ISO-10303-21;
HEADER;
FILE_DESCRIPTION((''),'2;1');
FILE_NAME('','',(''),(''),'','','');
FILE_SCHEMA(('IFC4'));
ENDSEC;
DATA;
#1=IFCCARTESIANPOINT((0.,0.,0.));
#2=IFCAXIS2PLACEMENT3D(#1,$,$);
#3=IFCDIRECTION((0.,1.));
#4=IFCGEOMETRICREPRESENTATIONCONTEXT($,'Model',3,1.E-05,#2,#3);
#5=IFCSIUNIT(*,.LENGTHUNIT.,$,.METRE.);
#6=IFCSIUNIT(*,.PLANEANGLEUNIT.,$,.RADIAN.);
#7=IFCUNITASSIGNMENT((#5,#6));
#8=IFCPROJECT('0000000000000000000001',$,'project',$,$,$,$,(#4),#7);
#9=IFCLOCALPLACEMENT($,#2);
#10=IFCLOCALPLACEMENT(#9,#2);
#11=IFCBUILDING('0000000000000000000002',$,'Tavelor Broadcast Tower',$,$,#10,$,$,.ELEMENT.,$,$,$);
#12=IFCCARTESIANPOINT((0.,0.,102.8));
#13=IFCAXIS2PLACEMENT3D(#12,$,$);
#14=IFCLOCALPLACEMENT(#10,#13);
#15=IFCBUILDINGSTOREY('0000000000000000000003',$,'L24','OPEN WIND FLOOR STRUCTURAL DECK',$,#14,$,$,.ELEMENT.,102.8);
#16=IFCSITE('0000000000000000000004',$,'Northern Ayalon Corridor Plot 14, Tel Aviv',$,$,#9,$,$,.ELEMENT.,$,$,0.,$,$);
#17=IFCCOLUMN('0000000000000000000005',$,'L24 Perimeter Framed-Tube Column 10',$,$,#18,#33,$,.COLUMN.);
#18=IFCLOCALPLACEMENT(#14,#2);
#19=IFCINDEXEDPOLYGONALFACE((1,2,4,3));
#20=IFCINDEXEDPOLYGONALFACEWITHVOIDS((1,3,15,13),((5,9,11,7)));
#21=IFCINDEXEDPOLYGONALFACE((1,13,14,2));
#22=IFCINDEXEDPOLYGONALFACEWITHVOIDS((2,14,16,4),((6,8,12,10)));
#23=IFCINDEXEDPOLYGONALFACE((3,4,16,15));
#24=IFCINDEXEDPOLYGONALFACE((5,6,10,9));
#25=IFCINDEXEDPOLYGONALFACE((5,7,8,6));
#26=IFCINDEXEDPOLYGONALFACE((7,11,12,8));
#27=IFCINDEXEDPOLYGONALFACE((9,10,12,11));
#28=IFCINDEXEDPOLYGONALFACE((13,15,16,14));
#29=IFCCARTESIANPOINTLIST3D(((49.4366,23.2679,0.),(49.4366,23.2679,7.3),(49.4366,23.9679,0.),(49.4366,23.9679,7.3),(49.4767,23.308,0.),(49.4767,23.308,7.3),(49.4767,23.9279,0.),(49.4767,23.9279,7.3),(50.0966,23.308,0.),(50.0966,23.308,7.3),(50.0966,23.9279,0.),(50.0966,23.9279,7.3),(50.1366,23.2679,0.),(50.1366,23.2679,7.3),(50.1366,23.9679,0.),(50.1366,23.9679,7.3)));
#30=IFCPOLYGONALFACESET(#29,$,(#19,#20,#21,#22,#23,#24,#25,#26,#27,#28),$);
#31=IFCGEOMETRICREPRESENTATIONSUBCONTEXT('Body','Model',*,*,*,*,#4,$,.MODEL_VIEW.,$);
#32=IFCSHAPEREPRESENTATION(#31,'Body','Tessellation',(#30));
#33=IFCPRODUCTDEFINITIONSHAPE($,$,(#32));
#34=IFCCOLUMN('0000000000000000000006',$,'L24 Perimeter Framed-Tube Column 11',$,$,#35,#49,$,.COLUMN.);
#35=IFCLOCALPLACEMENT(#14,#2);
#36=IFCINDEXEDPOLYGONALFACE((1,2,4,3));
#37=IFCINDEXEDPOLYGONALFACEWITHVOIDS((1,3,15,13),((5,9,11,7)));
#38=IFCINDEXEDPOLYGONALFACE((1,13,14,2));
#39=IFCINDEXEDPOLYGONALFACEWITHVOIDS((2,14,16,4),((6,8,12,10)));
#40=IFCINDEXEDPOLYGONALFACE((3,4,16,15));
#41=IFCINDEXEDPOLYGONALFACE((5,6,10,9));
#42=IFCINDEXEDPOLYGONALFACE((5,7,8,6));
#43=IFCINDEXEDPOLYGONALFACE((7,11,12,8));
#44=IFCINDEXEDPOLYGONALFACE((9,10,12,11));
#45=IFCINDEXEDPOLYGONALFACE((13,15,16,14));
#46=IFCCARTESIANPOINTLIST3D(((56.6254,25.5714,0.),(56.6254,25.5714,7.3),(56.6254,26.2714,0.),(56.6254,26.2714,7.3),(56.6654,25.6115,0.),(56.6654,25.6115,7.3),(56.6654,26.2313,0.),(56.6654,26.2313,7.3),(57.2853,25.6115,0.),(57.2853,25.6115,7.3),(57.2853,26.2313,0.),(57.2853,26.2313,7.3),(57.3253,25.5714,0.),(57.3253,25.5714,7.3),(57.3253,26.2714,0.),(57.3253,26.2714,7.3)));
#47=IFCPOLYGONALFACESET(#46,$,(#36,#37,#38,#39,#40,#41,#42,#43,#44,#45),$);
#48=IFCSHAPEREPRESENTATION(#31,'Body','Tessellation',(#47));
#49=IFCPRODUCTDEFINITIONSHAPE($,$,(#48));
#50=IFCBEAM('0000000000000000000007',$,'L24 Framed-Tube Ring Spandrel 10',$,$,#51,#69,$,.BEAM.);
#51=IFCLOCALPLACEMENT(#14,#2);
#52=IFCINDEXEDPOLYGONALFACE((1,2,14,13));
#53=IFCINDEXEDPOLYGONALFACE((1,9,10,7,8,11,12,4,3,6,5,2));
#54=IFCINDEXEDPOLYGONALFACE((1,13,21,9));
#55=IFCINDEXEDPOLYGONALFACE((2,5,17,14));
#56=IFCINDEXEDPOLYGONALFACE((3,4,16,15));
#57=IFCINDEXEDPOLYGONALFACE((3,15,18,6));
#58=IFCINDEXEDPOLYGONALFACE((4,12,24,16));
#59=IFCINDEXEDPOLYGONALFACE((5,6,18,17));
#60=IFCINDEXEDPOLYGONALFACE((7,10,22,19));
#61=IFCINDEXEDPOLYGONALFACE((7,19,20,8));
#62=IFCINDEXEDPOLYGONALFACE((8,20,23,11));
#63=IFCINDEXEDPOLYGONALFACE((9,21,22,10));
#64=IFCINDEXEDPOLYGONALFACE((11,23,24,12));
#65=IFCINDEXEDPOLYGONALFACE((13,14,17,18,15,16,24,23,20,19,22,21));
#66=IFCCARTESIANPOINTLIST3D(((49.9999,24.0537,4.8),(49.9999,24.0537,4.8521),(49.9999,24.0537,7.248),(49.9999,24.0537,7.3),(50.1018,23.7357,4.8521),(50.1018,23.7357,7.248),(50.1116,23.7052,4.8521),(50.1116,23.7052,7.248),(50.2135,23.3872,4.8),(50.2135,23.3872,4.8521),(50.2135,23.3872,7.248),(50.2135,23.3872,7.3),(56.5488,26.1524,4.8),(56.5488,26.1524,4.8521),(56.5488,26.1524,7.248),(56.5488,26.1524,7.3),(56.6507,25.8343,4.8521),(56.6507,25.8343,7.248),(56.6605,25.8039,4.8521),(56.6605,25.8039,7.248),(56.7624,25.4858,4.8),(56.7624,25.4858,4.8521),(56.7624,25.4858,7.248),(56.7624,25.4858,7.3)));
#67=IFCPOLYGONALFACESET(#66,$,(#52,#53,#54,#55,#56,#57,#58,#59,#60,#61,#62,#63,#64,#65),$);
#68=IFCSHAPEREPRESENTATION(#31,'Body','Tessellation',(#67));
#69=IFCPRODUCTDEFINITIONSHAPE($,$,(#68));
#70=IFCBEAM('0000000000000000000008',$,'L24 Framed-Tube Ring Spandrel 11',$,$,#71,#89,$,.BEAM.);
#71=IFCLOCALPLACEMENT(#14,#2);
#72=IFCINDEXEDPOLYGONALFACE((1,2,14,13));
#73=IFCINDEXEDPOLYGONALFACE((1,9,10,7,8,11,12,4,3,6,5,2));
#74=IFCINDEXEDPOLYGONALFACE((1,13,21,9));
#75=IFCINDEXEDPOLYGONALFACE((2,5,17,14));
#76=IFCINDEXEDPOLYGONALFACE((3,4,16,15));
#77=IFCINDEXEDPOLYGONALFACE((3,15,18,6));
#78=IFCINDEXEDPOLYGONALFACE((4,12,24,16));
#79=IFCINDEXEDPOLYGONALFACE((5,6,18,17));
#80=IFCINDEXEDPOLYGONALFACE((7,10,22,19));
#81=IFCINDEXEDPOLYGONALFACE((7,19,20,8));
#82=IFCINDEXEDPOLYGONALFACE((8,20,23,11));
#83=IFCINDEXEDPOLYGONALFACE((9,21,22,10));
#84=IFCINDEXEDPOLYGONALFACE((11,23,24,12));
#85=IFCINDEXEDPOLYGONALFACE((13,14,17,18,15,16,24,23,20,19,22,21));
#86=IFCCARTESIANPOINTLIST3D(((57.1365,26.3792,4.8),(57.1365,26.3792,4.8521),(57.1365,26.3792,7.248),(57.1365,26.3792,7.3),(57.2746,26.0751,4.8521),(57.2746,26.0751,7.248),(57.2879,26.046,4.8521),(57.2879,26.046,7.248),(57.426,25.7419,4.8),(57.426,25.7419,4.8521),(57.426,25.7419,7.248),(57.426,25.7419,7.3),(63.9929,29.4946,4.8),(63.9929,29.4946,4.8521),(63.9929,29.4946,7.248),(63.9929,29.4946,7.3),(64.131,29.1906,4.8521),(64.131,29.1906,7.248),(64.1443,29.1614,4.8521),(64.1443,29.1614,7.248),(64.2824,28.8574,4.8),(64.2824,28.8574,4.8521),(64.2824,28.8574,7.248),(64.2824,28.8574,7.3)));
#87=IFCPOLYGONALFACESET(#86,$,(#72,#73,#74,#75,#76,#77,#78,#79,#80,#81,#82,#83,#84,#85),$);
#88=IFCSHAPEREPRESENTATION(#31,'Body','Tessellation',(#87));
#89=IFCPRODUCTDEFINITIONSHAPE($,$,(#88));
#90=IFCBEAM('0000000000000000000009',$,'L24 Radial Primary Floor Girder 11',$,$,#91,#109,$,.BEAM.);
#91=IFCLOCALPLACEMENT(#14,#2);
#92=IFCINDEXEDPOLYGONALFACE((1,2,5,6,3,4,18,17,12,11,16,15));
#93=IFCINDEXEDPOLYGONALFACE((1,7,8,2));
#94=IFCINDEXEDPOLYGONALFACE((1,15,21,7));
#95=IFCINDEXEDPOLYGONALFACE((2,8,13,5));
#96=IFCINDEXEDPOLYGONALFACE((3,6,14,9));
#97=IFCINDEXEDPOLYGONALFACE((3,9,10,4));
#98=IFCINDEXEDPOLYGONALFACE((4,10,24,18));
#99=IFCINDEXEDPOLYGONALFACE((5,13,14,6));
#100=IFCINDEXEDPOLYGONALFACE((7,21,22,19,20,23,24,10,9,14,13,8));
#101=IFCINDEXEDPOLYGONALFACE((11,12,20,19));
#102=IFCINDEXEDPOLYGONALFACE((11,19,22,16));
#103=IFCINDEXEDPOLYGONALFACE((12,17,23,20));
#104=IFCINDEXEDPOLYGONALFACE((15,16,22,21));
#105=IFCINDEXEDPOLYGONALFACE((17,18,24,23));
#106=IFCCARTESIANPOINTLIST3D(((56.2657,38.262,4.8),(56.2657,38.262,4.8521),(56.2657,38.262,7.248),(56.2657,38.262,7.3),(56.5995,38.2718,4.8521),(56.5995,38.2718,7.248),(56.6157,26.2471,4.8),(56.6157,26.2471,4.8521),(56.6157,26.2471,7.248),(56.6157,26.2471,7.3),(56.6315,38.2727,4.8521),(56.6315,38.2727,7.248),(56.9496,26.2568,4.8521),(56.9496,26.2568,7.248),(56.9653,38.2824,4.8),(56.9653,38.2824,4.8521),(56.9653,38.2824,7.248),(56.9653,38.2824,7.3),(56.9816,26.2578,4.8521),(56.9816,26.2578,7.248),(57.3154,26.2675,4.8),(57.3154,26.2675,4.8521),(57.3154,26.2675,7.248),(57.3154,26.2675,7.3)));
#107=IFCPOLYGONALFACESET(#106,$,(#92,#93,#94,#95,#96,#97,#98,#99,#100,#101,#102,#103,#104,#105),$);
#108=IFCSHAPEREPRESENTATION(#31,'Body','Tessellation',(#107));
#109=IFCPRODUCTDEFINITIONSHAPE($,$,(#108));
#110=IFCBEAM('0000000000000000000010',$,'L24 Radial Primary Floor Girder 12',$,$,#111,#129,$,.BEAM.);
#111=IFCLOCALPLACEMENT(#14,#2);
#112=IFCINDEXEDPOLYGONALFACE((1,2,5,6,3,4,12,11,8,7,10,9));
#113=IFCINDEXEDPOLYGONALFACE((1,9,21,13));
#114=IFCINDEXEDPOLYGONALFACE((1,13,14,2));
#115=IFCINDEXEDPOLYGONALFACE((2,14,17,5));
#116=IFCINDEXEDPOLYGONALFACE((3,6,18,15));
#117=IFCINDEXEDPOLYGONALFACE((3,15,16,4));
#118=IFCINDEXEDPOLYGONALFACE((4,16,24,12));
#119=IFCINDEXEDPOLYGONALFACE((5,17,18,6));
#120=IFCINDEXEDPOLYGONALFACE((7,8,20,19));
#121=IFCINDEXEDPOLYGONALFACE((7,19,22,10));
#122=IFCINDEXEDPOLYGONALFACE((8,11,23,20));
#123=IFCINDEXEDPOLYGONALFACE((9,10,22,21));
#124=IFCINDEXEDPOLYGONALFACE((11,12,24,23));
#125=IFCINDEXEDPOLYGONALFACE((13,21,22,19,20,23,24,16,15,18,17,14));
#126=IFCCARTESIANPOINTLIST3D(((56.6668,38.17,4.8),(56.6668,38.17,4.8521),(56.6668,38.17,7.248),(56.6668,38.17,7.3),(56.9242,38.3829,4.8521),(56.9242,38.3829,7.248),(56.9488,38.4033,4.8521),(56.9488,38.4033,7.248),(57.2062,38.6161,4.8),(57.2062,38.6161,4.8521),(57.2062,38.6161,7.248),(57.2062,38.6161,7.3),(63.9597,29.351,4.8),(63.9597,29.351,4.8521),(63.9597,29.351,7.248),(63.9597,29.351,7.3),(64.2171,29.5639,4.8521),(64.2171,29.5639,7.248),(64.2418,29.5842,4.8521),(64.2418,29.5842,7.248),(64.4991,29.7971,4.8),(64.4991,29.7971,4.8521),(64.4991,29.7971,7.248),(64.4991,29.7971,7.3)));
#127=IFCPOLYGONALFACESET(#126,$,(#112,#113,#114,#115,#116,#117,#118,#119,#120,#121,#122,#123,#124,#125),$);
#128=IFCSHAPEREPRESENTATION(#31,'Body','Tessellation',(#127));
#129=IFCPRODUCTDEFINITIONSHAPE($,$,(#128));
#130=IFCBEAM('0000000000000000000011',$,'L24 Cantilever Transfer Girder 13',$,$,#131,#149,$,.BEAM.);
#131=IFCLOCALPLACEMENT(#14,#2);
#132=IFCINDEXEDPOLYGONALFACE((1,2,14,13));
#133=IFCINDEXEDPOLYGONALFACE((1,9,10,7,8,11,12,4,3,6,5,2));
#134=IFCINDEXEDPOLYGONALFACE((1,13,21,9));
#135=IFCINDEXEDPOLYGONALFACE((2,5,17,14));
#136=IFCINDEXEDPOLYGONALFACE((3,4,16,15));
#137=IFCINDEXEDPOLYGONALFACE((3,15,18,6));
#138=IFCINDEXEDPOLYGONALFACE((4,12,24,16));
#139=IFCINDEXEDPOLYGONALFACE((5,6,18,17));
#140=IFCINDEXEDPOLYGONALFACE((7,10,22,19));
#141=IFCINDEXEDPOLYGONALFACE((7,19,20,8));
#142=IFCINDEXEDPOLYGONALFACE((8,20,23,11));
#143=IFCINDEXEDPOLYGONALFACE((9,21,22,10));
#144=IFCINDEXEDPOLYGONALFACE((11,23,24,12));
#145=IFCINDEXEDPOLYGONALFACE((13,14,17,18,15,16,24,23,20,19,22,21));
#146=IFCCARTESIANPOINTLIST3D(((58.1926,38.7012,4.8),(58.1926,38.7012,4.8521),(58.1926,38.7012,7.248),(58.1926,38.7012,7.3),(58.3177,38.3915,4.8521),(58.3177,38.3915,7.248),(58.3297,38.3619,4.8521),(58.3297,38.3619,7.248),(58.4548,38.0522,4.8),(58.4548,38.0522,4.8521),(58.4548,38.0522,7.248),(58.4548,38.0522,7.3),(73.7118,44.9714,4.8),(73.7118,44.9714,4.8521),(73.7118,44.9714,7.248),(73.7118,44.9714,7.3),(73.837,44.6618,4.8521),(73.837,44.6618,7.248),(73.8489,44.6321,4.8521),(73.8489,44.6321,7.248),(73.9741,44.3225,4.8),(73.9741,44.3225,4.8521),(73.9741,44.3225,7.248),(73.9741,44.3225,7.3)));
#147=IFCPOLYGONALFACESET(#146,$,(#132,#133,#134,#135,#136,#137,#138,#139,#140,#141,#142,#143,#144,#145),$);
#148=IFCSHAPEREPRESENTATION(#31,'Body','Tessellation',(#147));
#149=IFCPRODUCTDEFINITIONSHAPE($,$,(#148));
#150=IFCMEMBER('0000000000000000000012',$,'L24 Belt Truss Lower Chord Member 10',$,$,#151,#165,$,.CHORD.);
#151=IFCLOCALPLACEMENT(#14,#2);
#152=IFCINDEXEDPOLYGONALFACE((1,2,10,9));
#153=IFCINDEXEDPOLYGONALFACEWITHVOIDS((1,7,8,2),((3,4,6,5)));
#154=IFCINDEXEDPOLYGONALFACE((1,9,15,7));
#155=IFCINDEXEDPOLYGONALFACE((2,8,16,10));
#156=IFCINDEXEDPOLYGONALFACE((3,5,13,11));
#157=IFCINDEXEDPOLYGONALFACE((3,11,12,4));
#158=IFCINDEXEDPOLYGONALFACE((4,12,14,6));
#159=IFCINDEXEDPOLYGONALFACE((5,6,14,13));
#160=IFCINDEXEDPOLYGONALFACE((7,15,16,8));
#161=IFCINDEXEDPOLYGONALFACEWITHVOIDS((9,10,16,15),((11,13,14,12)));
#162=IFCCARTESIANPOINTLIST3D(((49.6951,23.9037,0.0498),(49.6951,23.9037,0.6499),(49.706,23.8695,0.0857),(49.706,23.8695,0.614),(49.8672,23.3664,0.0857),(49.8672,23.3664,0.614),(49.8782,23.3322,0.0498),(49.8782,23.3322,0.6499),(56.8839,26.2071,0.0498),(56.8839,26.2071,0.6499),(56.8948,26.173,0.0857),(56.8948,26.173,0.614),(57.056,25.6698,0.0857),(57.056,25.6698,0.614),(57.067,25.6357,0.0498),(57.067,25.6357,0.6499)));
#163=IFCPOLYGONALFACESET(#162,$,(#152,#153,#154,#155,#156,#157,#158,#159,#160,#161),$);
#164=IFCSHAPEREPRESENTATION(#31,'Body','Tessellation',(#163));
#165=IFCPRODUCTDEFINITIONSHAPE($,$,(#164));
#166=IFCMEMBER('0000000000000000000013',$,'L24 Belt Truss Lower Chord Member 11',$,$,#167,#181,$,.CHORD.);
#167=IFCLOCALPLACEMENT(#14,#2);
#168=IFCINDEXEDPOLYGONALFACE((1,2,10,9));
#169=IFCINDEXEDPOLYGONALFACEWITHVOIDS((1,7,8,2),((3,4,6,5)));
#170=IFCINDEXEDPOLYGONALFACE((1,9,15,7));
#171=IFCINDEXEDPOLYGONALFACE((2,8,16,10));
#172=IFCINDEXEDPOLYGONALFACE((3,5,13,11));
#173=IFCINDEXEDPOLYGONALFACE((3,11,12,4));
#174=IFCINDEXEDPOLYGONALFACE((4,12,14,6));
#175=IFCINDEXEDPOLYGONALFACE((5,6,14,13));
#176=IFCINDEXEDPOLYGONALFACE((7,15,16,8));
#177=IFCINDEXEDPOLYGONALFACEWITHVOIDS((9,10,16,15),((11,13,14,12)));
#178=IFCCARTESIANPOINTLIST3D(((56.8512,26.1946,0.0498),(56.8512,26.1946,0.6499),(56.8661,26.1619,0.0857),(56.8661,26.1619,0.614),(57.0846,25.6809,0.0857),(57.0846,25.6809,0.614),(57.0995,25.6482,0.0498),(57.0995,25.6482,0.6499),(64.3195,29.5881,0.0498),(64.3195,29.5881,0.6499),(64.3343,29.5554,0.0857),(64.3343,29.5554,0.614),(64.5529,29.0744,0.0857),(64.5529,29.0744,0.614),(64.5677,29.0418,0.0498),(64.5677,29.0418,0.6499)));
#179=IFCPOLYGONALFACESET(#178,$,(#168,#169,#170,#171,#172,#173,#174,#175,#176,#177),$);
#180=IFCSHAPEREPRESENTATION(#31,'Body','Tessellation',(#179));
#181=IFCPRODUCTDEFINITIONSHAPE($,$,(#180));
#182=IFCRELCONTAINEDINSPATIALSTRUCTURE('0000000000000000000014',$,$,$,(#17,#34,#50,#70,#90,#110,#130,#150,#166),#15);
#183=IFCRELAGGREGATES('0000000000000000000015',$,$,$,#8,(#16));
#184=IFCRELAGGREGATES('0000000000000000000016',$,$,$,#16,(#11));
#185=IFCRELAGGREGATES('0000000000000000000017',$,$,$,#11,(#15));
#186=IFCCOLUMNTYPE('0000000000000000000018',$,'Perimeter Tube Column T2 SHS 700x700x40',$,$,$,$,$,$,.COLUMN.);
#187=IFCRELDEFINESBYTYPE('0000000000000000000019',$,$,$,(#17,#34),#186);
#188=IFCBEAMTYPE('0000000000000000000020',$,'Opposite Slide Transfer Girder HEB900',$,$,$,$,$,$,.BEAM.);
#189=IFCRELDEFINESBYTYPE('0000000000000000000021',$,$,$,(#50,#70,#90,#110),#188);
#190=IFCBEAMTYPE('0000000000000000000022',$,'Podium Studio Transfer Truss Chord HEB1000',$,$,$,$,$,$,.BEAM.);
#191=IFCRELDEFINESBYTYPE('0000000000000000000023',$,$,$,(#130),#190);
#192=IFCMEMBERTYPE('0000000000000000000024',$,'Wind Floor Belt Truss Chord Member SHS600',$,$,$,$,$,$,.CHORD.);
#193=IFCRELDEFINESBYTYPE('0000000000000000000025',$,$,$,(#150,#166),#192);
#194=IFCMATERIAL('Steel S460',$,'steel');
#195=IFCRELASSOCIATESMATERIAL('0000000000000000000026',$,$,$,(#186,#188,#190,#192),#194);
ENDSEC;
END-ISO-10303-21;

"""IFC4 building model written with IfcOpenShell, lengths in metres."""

from ifc_helpers import new_model, si_unit, direction, frame, origin, origin_2d, place, context, subcontext, project, spatial, hollow_rectangle, i_section, extrude, material, material_profile, profile_set, type_object, element, save


model = new_model("IFC4")

# Units and contexts
model_context = context("Model", 3, precision=1e-05, world=origin(), true_north=direction((0.0, 1.0)))
body_context = subcontext(model_context, "Body", "Model", "MODEL_VIEW")
ifc_project = project(units=[si_unit("LENGTHUNIT", "METRE"), si_unit("PLANEANGLEUNIT", "RADIAN")], contexts=[model_context])

# Site, building, storey
site_placement = place(None, origin())
site = spatial("IfcSite", under=ifc_project, at=site_placement, Name="Northern Ayalon Corridor Plot 14, Tel Aviv", CompositionType="ELEMENT", RefElevation=0.0)
building_placement = place(site_placement, origin())
building = spatial("IfcBuilding", under=site, at=building_placement, Name="Tavelor Broadcast Tower", CompositionType="ELEMENT")
storey_placement = place(building_placement, frame((0.0, 0.0, 102.8)))
storey = spatial("IfcBuildingStorey", under=building, at=storey_placement, Name="L24", Description="OPEN WIND FLOOR STRUCTURAL DECK", CompositionType="ELEMENT", Elevation=102.8)

# Columns
ifc_material_1 = material(Name="Steel S460", Category="steel")
ifc_material_profile_1 = material_profile(ifc_material_1, hollow_rectangle(XDim=0.7, YDim=0.7, WallThickness=0.04, at=origin_2d()), Name="SHS 700x700x40")
ifc_profile_set_1 = profile_set([ifc_material_profile_1], Name="Steel S460")
column_type = type_object("IfcColumnType", Name="Perimeter Tube Column T2 SHS 700x700x40", PredefinedType="COLUMN", material=ifc_profile_set_1)
for number, where, z_axis, x_axis, name in (
    (1, (49.7866, 23.6179, 0.0), (0.0, 0.0, 1.0), (1.0, 0.0, 0.0), "L24 Perimeter Framed-Tube Column 10"),
    (2, (56.9753, 25.9214, 0.0), (0.0, 0.0, 1.0), (1.0, 0.0, 0.0), "L24 Perimeter Framed-Tube Column 11"),
):
    element("IfcColumn", number, at=place(storey_placement, frame(where, z_axis=z_axis, x_axis=x_axis)), inside=storey, type_object=column_type, Name=name, PredefinedType="COLUMN", context=body_context, shape_type="SweptSolid", body=[
        extrude(hollow_rectangle(XDim=0.7, YDim=0.7, WallThickness=0.04, at=origin_2d()), origin(), (0.0, 0.0, 1.0), 7.3),
    ])

# Beams
ifc_material_profile_2 = material_profile(ifc_material_1, i_section(OverallWidth=0.7, OverallDepth=2.5, WebThickness=0.032, FlangeThickness=0.052, at=origin_2d()), Name="PG 2500x700")
ifc_profile_set_2 = profile_set([ifc_material_profile_2], Name="Steel S460")
beam_type_1 = type_object("IfcBeamType", Name="Opposite Slide Transfer Girder HEB900", PredefinedType="BEAM", material=ifc_profile_set_2)
beam_1_placement = place(storey_placement, frame((50.1067, 23.7205, 6.05), z_axis=(0.952297, 0.305172, 0.0), x_axis=(-0.305172, 0.952297, 0.0)))
element("IfcBeam", 3, at=beam_1_placement, inside=storey, type_object=beam_type_1, Name="L24 Framed-Tube Ring Spandrel 10", PredefinedType="BEAM", context=body_context, shape_type="SweptSolid", body=[
    extrude(i_section(OverallWidth=0.7, OverallDepth=2.5, WebThickness=0.032, FlangeThickness=0.052, at=origin_2d()), origin(), (0.0, 0.0, 1.0), 6.877),
])
beam_2_placement = place(storey_placement, frame((57.2812, 26.0605, 6.05), z_axis=(0.910421, 0.413683, 0.0), x_axis=(-0.413683, 0.910421, 0.0)))
element("IfcBeam", 4, at=beam_2_placement, inside=storey, type_object=beam_type_1, Name="L24 Framed-Tube Ring Spandrel 11", PredefinedType="BEAM", context=body_context, shape_type="SweptSolid", body=[
    extrude(i_section(OverallWidth=0.7, OverallDepth=2.5, WebThickness=0.032, FlangeThickness=0.052, at=origin_2d()), origin(), (0.0, 0.0, 1.0), 7.531),
])
beam_3_placement = place(storey_placement, frame((56.6155, 38.2722, 6.05), z_axis=(0.029126, -0.999576, 0.0), x_axis=(0.999576, 0.029126, 0.0)))
element("IfcBeam", 5, at=beam_3_placement, inside=storey, type_object=beam_type_1, Name="L24 Radial Primary Floor Girder 11", PredefinedType="BEAM", context=body_context, shape_type="SweptSolid", body=[
    extrude(i_section(OverallWidth=0.7, OverallDepth=2.5, WebThickness=0.032, FlangeThickness=0.052, at=origin_2d()), origin(), (0.0, 0.0, 1.0), 12.02),
])
beam_4_placement = place(storey_placement, frame((56.9365, 38.3931, 6.05), z_axis=(0.637278, -0.770634, 0.0), x_axis=(0.770634, 0.637278, 0.0)))
element("IfcBeam", 6, at=beam_4_placement, inside=storey, type_object=beam_type_1, Name="L24 Radial Primary Floor Girder 12", PredefinedType="BEAM", context=body_context, shape_type="SweptSolid", body=[
    extrude(i_section(OverallWidth=0.7, OverallDepth=2.5, WebThickness=0.032, FlangeThickness=0.052, at=origin_2d()), origin(), (0.0, 0.0, 1.0), 11.4438),
])
ifc_material_profile_3 = material_profile(ifc_material_1, i_section(OverallWidth=0.7, OverallDepth=2.5, WebThickness=0.032, FlangeThickness=0.052, at=origin_2d()), Name="PG 2500x700")
ifc_profile_set_3 = profile_set([ifc_material_profile_3], Name="Steel S460")
beam_type_2 = type_object("IfcBeamType", Name="Podium Studio Transfer Truss Chord HEB1000", PredefinedType="BEAM", material=ifc_profile_set_3)
beam_5_placement = place(storey_placement, frame((58.3237, 38.3767, 6.05), z_axis=(0.927183, 0.37461, 0.0), x_axis=(-0.37461, 0.927183, 0.0)))
element("IfcBeam", 7, at=beam_5_placement, inside=storey, type_object=beam_type_2, Name="L24 Cantilever Transfer Girder 13", PredefinedType="BEAM", context=body_context, shape_type="SweptSolid", body=[
    extrude(i_section(OverallWidth=0.7, OverallDepth=2.5, WebThickness=0.032, FlangeThickness=0.052, at=origin_2d()), origin(), (0.0, 0.0, 1.0), 16.738),
])

# Members
ifc_material_profile_4 = material_profile(ifc_material_1, hollow_rectangle(XDim=0.6001, YDim=0.6001, WallThickness=0.0359, at=origin_2d()), Name="SHS 600x600x36")
ifc_profile_set_4 = profile_set([ifc_material_profile_4], Name="Steel S460")
member_type_1 = type_object("IfcMemberType", Name="Wind Floor Belt Truss Chord Member SHS600", PredefinedType="CHORD", material=ifc_profile_set_4)
member_1_placement = place(storey_placement, frame((49.7866, 23.6179, 0.3499), z_axis=(0.952306, 0.305145, 0.0), x_axis=(-0.305145, 0.952306, 0.0)))
element("IfcMember", 8, at=member_1_placement, inside=storey, type_object=member_type_1, Name="L24 Belt Truss Lower Chord Member 10", PredefinedType="CHORD", context=body_context, shape_type="SweptSolid", body=[
    extrude(hollow_rectangle(XDim=0.6001, YDim=0.6001, WallThickness=0.0359, at=origin_2d()), origin(), (0.0, 0.0, 1.0), 7.5488),
])
member_2_placement = place(storey_placement, frame((56.9753, 25.9214, 0.3499), z_axis=(0.910417, 0.413691, 0.0), x_axis=(-0.413691, 0.910417, 0.0)))
element("IfcMember", 9, at=member_2_placement, inside=storey, type_object=member_type_1, Name="L24 Belt Truss Lower Chord Member 11", PredefinedType="CHORD", context=body_context, shape_type="SweptSolid", body=[
    extrude(hollow_rectangle(XDim=0.6001, YDim=0.6001, WallThickness=0.0359, at=origin_2d()), origin(), (0.0, 0.0, 1.0), 8.2031),
])

save(model, "model.ifc")
